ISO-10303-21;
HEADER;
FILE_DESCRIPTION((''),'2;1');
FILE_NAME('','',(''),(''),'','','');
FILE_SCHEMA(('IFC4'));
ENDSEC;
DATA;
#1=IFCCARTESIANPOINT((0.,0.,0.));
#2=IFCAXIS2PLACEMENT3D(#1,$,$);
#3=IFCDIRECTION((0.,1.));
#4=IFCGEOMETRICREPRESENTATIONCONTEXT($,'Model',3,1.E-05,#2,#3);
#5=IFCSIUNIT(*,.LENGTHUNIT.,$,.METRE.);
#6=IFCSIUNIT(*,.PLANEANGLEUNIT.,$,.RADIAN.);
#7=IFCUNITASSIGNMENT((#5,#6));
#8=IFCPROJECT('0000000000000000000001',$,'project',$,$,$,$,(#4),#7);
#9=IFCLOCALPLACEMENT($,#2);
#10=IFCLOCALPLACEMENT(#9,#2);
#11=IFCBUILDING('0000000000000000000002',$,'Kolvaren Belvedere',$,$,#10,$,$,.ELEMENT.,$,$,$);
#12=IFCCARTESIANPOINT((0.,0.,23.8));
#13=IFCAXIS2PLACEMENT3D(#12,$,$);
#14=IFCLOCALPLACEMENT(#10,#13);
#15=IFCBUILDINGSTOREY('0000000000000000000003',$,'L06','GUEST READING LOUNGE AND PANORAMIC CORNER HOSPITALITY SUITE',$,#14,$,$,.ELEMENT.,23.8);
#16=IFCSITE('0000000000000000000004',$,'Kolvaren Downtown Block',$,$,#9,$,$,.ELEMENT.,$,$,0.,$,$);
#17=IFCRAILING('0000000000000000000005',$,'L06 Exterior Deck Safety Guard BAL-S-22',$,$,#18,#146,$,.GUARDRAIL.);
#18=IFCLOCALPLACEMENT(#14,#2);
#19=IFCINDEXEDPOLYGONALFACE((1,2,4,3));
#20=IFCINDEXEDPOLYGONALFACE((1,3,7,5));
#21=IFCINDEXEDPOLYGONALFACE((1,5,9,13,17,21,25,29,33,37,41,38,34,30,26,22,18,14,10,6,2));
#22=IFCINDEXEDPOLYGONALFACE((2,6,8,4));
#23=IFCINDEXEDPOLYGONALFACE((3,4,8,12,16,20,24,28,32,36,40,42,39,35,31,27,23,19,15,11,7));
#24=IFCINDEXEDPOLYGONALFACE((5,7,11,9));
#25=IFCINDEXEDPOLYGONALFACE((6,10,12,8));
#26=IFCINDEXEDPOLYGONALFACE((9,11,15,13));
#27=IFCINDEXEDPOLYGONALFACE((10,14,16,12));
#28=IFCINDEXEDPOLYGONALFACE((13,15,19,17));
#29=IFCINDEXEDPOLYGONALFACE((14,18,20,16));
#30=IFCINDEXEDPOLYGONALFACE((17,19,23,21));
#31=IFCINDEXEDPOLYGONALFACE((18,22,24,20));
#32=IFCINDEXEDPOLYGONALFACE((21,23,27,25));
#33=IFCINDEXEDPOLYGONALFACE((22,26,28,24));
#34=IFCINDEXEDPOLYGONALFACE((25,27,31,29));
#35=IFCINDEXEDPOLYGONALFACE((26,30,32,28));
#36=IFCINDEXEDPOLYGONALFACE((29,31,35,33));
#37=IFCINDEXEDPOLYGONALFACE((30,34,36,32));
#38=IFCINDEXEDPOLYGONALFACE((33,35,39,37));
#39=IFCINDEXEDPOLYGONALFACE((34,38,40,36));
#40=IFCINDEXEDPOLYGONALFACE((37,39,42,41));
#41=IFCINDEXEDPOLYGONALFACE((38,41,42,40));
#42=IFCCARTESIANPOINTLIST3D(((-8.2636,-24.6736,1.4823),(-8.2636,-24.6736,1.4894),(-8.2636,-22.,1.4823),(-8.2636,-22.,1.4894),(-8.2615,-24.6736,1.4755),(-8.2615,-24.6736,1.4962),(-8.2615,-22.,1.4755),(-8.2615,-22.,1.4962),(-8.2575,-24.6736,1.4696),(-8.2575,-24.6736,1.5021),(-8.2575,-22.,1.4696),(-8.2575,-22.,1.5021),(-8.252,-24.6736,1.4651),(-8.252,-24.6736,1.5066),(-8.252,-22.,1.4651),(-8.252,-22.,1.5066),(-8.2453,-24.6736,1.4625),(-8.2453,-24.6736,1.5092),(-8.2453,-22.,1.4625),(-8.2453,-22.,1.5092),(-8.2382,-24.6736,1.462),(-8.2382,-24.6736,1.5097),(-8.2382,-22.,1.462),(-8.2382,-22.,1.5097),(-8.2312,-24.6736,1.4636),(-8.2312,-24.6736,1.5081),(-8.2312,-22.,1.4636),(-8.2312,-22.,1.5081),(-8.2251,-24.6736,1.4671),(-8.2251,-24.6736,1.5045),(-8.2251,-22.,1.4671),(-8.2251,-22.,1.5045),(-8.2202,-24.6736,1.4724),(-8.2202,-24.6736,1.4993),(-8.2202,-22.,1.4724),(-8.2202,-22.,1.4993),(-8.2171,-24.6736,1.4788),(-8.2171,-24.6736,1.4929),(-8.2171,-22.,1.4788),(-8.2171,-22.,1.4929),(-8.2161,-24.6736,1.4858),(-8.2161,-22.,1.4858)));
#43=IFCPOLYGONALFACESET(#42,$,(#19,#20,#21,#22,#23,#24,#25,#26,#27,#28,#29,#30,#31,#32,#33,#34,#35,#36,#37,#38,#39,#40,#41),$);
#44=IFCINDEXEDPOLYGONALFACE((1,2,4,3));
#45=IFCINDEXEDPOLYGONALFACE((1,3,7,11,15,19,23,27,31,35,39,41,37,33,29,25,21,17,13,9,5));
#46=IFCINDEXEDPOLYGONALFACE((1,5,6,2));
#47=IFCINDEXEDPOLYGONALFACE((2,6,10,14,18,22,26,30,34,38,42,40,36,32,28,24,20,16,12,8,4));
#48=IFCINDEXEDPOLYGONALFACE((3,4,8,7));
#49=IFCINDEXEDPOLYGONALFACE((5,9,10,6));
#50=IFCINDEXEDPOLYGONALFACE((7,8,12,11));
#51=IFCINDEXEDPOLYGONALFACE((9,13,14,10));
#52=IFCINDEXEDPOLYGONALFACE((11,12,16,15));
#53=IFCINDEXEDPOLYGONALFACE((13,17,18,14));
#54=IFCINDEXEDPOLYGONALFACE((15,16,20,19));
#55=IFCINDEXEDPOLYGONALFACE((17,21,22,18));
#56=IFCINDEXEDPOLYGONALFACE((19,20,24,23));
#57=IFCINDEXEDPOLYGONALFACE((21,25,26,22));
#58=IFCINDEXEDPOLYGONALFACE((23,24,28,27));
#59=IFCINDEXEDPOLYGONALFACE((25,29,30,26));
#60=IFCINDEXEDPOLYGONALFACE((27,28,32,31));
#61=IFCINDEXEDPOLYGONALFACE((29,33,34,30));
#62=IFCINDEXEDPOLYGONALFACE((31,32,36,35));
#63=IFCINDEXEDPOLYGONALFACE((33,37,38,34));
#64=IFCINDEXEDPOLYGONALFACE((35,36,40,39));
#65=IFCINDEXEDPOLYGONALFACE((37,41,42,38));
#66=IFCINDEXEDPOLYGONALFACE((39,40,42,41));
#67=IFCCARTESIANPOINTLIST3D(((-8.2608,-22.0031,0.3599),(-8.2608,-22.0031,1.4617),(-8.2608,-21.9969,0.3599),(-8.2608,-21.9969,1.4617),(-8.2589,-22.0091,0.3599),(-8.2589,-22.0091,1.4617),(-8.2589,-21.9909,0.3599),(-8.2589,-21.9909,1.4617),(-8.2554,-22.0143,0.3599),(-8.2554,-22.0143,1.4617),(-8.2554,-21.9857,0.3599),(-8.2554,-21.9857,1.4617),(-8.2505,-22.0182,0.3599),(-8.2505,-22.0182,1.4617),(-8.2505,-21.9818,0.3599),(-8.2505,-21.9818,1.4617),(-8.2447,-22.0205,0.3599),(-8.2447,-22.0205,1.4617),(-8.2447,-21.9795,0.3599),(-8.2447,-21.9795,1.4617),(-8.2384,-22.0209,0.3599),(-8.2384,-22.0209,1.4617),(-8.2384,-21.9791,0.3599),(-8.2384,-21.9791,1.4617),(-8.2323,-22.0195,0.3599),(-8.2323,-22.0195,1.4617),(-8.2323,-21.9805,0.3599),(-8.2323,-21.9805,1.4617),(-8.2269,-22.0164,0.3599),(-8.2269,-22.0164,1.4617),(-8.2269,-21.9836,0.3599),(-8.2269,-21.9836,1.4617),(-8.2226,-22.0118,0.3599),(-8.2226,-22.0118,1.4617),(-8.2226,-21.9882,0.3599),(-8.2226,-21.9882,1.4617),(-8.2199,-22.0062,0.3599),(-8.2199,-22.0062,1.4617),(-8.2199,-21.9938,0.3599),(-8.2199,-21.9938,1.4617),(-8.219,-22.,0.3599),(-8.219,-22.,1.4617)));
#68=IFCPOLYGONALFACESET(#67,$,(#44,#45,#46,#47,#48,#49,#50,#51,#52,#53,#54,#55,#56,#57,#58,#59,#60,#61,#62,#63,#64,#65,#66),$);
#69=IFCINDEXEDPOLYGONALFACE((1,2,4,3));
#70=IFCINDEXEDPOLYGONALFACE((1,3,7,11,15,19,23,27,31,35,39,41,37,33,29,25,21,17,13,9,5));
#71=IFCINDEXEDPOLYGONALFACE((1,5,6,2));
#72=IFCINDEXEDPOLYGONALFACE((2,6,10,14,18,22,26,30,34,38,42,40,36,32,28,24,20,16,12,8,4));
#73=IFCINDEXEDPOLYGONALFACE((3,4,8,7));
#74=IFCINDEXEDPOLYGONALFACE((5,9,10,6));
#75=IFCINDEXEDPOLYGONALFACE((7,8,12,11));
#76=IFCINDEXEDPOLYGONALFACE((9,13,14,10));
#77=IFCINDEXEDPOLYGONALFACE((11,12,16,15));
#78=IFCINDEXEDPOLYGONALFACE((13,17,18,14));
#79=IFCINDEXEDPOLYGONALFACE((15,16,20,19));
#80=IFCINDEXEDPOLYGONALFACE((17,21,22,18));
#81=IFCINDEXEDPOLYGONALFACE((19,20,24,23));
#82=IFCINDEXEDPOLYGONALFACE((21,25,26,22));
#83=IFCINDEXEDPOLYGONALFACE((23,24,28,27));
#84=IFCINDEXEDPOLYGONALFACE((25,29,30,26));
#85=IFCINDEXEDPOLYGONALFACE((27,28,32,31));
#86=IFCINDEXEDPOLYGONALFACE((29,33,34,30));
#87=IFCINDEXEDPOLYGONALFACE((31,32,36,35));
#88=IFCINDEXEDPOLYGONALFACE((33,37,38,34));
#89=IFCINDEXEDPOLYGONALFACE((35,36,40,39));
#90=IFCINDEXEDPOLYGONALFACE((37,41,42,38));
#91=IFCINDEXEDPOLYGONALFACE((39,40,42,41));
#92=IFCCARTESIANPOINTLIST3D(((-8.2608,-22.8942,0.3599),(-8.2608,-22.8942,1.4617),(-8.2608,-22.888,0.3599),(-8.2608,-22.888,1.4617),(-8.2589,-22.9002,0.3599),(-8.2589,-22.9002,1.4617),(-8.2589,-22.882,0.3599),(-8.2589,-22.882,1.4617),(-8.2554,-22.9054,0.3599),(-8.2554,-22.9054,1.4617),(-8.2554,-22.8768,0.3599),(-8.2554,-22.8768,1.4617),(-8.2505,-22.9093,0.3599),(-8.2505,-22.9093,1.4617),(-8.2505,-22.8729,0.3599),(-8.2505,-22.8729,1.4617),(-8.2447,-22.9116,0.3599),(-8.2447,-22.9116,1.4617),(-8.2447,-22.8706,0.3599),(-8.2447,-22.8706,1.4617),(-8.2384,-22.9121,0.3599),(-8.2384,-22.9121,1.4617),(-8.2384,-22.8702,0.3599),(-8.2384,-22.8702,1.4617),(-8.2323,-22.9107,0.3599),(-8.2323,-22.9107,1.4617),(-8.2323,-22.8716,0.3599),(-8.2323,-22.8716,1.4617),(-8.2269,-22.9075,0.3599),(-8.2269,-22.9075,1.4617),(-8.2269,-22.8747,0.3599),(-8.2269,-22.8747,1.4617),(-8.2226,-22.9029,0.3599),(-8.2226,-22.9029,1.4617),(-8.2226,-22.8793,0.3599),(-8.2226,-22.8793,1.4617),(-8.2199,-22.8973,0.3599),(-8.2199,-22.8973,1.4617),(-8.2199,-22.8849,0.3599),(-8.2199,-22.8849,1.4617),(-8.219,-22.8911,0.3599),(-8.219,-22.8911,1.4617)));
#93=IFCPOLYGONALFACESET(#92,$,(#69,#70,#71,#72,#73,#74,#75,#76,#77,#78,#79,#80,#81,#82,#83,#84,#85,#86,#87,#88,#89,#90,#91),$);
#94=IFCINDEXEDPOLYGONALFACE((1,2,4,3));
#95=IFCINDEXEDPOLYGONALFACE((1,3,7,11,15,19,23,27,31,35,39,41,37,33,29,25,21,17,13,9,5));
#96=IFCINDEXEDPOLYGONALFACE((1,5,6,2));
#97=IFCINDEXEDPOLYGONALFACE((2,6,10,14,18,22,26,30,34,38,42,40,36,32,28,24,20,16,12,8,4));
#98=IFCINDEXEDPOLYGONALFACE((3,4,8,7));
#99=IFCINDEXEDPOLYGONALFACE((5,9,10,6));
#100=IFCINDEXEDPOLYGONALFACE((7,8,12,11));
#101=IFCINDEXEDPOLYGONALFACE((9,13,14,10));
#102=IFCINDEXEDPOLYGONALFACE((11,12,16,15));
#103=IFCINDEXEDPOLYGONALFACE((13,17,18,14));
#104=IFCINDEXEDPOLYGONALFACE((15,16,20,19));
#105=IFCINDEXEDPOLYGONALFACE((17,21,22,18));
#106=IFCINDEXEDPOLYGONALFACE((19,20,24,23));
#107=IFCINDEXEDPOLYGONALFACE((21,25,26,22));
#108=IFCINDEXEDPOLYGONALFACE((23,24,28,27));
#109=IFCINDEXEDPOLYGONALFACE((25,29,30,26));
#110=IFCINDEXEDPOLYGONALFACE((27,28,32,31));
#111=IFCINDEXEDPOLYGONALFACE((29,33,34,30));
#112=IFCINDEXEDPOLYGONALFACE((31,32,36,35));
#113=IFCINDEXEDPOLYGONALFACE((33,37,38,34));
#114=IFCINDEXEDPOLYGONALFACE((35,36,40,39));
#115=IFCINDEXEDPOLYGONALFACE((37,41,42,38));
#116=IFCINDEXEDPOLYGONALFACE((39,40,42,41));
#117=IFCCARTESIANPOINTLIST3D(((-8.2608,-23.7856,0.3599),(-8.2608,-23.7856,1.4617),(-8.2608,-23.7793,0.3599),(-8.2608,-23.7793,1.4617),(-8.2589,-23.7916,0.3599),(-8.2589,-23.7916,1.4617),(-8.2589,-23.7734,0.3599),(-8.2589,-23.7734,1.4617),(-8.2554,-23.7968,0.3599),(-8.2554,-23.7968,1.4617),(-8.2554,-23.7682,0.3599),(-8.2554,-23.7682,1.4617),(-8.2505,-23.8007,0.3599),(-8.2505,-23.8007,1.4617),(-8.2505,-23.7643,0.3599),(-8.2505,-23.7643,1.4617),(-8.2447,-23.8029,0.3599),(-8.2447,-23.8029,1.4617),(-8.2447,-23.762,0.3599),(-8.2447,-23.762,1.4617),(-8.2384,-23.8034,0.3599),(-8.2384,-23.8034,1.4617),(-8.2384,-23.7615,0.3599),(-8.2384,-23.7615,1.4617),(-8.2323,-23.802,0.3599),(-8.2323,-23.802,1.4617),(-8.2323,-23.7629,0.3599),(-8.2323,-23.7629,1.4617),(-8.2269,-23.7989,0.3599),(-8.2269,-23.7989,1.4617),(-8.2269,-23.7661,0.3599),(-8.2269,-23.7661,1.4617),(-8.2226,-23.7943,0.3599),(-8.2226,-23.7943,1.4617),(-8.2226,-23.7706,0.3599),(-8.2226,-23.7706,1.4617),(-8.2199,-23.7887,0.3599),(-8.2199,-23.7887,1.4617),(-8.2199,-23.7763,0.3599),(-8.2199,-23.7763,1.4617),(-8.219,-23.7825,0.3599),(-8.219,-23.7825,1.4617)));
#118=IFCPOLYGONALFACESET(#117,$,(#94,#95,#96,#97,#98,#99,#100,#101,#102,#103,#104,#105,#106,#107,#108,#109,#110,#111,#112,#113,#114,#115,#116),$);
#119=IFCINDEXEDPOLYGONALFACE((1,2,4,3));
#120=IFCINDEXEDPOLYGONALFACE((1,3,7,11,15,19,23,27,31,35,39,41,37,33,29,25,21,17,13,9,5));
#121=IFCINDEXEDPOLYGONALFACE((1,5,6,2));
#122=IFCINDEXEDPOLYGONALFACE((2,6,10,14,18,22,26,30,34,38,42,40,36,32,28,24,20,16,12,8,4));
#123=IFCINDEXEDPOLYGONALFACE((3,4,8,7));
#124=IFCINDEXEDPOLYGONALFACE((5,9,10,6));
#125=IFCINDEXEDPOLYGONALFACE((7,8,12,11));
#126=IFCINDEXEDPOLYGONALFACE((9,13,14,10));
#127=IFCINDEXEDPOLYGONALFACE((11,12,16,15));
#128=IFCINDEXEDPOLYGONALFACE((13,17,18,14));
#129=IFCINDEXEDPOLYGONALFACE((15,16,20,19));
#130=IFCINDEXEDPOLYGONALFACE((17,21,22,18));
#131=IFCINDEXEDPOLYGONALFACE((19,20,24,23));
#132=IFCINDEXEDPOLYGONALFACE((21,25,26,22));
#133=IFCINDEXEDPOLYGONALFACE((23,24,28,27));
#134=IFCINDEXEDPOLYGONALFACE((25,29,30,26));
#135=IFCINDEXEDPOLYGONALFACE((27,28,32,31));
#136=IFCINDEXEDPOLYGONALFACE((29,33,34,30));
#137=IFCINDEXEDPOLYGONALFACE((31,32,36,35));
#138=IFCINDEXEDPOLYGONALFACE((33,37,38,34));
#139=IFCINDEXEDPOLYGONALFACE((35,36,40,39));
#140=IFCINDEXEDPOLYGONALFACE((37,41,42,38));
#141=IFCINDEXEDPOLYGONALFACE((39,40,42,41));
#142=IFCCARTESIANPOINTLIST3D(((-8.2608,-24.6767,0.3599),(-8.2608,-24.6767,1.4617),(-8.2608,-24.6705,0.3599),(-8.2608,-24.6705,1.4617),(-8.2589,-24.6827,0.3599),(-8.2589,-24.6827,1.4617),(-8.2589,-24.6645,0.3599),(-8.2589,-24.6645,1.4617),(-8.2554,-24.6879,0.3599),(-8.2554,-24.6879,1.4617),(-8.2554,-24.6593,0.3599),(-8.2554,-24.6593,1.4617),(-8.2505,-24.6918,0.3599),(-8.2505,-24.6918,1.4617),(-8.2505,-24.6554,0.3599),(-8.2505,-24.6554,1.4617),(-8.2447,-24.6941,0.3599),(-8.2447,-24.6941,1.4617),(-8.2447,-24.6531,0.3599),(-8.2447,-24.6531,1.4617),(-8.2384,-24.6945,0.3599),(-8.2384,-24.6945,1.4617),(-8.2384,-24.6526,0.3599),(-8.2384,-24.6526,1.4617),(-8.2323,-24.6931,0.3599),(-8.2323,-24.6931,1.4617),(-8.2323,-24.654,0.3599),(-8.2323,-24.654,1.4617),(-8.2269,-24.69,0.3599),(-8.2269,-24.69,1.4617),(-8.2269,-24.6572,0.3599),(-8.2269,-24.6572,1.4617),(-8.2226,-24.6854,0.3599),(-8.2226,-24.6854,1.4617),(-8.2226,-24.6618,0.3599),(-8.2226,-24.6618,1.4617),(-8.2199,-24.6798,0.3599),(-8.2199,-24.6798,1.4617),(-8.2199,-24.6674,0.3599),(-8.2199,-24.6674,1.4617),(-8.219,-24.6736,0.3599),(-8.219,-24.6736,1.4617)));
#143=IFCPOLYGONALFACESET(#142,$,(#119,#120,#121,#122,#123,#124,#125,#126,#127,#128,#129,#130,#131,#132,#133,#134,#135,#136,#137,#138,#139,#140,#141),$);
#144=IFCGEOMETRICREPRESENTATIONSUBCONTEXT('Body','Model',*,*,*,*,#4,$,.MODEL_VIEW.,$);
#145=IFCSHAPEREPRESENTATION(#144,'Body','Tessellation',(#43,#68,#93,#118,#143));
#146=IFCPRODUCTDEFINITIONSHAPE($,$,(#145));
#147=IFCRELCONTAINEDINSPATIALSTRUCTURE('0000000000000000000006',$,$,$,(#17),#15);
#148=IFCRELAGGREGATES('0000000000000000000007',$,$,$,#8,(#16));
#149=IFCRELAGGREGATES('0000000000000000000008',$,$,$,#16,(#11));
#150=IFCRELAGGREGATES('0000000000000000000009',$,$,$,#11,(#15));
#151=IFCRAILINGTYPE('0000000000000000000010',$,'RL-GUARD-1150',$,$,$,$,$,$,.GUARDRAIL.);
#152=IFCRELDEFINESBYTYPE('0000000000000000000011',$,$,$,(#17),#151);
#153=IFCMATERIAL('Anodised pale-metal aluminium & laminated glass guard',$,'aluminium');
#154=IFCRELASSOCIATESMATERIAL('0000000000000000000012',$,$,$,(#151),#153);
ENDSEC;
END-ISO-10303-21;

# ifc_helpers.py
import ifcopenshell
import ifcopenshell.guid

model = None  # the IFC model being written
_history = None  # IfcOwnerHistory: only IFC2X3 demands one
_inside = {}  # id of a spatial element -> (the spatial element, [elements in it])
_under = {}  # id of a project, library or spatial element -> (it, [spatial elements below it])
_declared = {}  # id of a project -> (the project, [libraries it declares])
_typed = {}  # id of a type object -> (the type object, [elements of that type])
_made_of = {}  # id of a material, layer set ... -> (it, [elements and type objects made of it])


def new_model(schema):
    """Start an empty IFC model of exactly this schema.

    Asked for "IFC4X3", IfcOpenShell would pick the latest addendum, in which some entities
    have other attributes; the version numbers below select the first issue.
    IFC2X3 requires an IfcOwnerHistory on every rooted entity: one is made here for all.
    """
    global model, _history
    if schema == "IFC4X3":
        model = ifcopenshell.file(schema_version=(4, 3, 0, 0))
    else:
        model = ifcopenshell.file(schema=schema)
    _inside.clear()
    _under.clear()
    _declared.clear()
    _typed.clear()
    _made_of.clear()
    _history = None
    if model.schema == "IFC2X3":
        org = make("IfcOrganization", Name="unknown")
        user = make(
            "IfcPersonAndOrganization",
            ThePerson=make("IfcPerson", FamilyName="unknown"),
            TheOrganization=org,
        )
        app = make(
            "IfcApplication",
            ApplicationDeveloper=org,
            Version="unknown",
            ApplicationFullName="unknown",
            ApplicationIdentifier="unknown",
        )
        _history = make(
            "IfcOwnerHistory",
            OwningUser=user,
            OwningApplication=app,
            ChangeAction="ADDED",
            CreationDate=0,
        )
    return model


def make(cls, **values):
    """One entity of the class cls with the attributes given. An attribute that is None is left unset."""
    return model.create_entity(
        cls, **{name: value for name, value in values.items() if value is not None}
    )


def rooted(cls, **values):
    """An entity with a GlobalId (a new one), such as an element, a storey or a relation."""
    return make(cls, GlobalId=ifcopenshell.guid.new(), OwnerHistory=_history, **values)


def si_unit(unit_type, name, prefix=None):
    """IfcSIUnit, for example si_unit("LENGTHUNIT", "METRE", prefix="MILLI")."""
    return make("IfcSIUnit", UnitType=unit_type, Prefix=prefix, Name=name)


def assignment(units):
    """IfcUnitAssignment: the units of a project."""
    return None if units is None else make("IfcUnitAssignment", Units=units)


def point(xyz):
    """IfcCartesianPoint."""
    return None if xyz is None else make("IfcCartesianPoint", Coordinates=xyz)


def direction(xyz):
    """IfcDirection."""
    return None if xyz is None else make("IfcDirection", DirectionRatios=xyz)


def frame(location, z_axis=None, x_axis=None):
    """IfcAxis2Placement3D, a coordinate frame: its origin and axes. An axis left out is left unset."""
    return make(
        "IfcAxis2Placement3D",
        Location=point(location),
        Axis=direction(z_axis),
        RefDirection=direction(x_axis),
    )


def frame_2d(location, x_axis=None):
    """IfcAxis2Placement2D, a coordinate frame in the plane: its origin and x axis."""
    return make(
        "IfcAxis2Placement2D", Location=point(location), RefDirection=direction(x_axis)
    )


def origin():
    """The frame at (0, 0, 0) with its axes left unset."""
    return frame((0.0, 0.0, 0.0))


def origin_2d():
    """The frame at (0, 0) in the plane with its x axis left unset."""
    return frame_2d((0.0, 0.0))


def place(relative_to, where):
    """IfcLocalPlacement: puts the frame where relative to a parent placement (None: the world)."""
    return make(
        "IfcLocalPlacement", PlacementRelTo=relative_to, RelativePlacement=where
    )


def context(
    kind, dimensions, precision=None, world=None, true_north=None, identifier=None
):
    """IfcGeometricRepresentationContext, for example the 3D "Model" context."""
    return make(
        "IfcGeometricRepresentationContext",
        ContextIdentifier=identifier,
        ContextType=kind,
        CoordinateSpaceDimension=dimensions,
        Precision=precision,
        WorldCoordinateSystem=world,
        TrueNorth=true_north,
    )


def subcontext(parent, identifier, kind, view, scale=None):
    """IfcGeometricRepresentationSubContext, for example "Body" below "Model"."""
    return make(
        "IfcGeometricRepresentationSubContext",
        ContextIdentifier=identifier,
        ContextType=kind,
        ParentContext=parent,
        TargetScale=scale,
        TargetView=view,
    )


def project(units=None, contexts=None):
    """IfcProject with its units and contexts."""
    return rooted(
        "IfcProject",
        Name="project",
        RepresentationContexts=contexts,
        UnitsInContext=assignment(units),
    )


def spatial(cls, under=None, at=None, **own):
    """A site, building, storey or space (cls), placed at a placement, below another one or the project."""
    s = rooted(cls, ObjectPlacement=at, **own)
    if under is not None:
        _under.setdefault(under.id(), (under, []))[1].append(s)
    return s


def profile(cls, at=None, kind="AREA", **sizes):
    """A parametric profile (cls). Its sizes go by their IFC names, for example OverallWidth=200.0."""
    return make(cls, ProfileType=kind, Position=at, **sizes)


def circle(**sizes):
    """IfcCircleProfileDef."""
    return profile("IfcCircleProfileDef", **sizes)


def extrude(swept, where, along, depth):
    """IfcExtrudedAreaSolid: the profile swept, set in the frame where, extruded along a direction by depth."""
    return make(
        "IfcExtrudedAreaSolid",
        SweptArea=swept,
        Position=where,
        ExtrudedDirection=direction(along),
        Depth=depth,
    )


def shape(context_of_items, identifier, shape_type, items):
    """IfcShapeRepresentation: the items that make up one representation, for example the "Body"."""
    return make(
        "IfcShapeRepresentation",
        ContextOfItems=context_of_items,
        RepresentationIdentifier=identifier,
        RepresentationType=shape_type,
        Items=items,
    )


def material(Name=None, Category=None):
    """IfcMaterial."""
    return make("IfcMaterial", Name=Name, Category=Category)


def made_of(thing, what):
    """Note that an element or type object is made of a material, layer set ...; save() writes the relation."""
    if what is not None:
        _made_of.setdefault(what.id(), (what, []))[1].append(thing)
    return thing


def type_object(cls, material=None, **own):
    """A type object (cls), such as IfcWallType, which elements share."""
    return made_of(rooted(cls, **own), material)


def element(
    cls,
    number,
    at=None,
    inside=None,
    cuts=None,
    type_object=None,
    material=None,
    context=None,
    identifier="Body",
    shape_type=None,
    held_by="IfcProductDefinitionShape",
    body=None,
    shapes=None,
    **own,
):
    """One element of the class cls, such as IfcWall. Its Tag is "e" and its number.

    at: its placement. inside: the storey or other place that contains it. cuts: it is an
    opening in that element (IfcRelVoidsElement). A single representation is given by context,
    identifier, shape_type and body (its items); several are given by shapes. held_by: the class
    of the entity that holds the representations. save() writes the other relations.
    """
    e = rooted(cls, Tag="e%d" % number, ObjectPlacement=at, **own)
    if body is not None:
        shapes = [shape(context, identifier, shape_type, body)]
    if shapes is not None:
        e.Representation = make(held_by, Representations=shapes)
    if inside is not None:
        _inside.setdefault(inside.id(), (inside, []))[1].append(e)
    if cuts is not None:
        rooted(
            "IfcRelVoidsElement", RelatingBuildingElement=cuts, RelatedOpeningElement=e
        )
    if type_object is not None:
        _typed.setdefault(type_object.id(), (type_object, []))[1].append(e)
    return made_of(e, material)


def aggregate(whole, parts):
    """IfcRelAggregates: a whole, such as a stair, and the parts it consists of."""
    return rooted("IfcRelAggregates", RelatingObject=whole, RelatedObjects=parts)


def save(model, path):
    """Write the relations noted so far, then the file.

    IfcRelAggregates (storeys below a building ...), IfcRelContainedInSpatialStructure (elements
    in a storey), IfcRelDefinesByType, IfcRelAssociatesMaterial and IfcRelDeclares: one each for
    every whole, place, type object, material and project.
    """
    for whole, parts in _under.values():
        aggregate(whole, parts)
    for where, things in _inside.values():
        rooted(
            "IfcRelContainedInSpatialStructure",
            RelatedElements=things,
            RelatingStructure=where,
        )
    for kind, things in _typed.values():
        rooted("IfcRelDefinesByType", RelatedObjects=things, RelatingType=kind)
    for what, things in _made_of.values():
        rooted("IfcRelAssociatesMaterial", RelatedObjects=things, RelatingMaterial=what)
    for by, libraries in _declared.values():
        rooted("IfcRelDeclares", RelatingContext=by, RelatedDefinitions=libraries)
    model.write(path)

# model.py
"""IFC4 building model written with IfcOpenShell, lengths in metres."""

from ifc_helpers import new_model, si_unit, direction, frame, origin, origin_2d, place, context, subcontext, project, spatial, circle, extrude, material, type_object, element, save


model = new_model("IFC4")

# Units and contexts
model_context = context("Model", 3, precision=1e-05, world=origin(), true_north=direction((0.0, 1.0)))
body_context = subcontext(model_context, "Body", "Model", "MODEL_VIEW")
ifc_project = project(units=[si_unit("LENGTHUNIT", "METRE"), si_unit("PLANEANGLEUNIT", "RADIAN")], contexts=[model_context])

# Site, building, storey
site_placement = place(None, origin())
site = spatial("IfcSite", under=ifc_project, at=site_placement, Name="Kolvaren Downtown Block", CompositionType="ELEMENT", RefElevation=0.0)
building_placement = place(site_placement, origin())
building = spatial("IfcBuilding", under=site, at=building_placement, Name="Kolvaren Belvedere", CompositionType="ELEMENT")
storey_placement = place(building_placement, frame((0.0, 0.0, 23.8)))
storey = spatial("IfcBuildingStorey", under=building, at=storey_placement, Name="L06", Description="GUEST READING LOUNGE AND PANORAMIC CORNER HOSPITALITY SUITE", CompositionType="ELEMENT", Elevation=23.8)

# Railing
ifc_material_1 = material(Name="Anodised pale-metal aluminium & laminated glass guard", Category="aluminium")
railing_type = type_object("IfcRailingType", Name="RL-GUARD-1150", PredefinedType="GUARDRAIL", material=ifc_material_1)
railing_1_placement = place(storey_placement, frame((-8.24, -22.0, 0.3599)))
element("IfcRailing", 1, at=railing_1_placement, inside=storey, type_object=railing_type, Name="L06 Exterior Deck Safety Guard BAL-S-22", PredefinedType="GUARDRAIL", context=body_context, shape_type="SweptSolid", body=[
    extrude(circle(Radius=0.0239, at=origin_2d()), frame((0.0, 0.0, 1.126), z_axis=(0.0, -1.0, 0.0), x_axis=(1.0, 0.0, 0.0)), (0.0, 0.0, 1.0), 2.6736),
    extrude(circle(Radius=0.021, at=origin_2d()), origin(), (0.0, 0.0, 1.0), 1.1018),
    extrude(circle(Radius=0.021, at=origin_2d()), frame((0.0, -0.8911, 0.0)), (0.0, 0.0, 1.0), 1.1018),
    extrude(circle(Radius=0.021, at=origin_2d()), frame((0.0, -1.7825, 0.0)), (0.0, 0.0, 1.0), 1.1018),
    extrude(circle(Radius=0.021, at=origin_2d()), frame((0.0, -2.6736, 0.0)), (0.0, 0.0, 1.0), 1.1018),
])

save(model, "model.ifc")
